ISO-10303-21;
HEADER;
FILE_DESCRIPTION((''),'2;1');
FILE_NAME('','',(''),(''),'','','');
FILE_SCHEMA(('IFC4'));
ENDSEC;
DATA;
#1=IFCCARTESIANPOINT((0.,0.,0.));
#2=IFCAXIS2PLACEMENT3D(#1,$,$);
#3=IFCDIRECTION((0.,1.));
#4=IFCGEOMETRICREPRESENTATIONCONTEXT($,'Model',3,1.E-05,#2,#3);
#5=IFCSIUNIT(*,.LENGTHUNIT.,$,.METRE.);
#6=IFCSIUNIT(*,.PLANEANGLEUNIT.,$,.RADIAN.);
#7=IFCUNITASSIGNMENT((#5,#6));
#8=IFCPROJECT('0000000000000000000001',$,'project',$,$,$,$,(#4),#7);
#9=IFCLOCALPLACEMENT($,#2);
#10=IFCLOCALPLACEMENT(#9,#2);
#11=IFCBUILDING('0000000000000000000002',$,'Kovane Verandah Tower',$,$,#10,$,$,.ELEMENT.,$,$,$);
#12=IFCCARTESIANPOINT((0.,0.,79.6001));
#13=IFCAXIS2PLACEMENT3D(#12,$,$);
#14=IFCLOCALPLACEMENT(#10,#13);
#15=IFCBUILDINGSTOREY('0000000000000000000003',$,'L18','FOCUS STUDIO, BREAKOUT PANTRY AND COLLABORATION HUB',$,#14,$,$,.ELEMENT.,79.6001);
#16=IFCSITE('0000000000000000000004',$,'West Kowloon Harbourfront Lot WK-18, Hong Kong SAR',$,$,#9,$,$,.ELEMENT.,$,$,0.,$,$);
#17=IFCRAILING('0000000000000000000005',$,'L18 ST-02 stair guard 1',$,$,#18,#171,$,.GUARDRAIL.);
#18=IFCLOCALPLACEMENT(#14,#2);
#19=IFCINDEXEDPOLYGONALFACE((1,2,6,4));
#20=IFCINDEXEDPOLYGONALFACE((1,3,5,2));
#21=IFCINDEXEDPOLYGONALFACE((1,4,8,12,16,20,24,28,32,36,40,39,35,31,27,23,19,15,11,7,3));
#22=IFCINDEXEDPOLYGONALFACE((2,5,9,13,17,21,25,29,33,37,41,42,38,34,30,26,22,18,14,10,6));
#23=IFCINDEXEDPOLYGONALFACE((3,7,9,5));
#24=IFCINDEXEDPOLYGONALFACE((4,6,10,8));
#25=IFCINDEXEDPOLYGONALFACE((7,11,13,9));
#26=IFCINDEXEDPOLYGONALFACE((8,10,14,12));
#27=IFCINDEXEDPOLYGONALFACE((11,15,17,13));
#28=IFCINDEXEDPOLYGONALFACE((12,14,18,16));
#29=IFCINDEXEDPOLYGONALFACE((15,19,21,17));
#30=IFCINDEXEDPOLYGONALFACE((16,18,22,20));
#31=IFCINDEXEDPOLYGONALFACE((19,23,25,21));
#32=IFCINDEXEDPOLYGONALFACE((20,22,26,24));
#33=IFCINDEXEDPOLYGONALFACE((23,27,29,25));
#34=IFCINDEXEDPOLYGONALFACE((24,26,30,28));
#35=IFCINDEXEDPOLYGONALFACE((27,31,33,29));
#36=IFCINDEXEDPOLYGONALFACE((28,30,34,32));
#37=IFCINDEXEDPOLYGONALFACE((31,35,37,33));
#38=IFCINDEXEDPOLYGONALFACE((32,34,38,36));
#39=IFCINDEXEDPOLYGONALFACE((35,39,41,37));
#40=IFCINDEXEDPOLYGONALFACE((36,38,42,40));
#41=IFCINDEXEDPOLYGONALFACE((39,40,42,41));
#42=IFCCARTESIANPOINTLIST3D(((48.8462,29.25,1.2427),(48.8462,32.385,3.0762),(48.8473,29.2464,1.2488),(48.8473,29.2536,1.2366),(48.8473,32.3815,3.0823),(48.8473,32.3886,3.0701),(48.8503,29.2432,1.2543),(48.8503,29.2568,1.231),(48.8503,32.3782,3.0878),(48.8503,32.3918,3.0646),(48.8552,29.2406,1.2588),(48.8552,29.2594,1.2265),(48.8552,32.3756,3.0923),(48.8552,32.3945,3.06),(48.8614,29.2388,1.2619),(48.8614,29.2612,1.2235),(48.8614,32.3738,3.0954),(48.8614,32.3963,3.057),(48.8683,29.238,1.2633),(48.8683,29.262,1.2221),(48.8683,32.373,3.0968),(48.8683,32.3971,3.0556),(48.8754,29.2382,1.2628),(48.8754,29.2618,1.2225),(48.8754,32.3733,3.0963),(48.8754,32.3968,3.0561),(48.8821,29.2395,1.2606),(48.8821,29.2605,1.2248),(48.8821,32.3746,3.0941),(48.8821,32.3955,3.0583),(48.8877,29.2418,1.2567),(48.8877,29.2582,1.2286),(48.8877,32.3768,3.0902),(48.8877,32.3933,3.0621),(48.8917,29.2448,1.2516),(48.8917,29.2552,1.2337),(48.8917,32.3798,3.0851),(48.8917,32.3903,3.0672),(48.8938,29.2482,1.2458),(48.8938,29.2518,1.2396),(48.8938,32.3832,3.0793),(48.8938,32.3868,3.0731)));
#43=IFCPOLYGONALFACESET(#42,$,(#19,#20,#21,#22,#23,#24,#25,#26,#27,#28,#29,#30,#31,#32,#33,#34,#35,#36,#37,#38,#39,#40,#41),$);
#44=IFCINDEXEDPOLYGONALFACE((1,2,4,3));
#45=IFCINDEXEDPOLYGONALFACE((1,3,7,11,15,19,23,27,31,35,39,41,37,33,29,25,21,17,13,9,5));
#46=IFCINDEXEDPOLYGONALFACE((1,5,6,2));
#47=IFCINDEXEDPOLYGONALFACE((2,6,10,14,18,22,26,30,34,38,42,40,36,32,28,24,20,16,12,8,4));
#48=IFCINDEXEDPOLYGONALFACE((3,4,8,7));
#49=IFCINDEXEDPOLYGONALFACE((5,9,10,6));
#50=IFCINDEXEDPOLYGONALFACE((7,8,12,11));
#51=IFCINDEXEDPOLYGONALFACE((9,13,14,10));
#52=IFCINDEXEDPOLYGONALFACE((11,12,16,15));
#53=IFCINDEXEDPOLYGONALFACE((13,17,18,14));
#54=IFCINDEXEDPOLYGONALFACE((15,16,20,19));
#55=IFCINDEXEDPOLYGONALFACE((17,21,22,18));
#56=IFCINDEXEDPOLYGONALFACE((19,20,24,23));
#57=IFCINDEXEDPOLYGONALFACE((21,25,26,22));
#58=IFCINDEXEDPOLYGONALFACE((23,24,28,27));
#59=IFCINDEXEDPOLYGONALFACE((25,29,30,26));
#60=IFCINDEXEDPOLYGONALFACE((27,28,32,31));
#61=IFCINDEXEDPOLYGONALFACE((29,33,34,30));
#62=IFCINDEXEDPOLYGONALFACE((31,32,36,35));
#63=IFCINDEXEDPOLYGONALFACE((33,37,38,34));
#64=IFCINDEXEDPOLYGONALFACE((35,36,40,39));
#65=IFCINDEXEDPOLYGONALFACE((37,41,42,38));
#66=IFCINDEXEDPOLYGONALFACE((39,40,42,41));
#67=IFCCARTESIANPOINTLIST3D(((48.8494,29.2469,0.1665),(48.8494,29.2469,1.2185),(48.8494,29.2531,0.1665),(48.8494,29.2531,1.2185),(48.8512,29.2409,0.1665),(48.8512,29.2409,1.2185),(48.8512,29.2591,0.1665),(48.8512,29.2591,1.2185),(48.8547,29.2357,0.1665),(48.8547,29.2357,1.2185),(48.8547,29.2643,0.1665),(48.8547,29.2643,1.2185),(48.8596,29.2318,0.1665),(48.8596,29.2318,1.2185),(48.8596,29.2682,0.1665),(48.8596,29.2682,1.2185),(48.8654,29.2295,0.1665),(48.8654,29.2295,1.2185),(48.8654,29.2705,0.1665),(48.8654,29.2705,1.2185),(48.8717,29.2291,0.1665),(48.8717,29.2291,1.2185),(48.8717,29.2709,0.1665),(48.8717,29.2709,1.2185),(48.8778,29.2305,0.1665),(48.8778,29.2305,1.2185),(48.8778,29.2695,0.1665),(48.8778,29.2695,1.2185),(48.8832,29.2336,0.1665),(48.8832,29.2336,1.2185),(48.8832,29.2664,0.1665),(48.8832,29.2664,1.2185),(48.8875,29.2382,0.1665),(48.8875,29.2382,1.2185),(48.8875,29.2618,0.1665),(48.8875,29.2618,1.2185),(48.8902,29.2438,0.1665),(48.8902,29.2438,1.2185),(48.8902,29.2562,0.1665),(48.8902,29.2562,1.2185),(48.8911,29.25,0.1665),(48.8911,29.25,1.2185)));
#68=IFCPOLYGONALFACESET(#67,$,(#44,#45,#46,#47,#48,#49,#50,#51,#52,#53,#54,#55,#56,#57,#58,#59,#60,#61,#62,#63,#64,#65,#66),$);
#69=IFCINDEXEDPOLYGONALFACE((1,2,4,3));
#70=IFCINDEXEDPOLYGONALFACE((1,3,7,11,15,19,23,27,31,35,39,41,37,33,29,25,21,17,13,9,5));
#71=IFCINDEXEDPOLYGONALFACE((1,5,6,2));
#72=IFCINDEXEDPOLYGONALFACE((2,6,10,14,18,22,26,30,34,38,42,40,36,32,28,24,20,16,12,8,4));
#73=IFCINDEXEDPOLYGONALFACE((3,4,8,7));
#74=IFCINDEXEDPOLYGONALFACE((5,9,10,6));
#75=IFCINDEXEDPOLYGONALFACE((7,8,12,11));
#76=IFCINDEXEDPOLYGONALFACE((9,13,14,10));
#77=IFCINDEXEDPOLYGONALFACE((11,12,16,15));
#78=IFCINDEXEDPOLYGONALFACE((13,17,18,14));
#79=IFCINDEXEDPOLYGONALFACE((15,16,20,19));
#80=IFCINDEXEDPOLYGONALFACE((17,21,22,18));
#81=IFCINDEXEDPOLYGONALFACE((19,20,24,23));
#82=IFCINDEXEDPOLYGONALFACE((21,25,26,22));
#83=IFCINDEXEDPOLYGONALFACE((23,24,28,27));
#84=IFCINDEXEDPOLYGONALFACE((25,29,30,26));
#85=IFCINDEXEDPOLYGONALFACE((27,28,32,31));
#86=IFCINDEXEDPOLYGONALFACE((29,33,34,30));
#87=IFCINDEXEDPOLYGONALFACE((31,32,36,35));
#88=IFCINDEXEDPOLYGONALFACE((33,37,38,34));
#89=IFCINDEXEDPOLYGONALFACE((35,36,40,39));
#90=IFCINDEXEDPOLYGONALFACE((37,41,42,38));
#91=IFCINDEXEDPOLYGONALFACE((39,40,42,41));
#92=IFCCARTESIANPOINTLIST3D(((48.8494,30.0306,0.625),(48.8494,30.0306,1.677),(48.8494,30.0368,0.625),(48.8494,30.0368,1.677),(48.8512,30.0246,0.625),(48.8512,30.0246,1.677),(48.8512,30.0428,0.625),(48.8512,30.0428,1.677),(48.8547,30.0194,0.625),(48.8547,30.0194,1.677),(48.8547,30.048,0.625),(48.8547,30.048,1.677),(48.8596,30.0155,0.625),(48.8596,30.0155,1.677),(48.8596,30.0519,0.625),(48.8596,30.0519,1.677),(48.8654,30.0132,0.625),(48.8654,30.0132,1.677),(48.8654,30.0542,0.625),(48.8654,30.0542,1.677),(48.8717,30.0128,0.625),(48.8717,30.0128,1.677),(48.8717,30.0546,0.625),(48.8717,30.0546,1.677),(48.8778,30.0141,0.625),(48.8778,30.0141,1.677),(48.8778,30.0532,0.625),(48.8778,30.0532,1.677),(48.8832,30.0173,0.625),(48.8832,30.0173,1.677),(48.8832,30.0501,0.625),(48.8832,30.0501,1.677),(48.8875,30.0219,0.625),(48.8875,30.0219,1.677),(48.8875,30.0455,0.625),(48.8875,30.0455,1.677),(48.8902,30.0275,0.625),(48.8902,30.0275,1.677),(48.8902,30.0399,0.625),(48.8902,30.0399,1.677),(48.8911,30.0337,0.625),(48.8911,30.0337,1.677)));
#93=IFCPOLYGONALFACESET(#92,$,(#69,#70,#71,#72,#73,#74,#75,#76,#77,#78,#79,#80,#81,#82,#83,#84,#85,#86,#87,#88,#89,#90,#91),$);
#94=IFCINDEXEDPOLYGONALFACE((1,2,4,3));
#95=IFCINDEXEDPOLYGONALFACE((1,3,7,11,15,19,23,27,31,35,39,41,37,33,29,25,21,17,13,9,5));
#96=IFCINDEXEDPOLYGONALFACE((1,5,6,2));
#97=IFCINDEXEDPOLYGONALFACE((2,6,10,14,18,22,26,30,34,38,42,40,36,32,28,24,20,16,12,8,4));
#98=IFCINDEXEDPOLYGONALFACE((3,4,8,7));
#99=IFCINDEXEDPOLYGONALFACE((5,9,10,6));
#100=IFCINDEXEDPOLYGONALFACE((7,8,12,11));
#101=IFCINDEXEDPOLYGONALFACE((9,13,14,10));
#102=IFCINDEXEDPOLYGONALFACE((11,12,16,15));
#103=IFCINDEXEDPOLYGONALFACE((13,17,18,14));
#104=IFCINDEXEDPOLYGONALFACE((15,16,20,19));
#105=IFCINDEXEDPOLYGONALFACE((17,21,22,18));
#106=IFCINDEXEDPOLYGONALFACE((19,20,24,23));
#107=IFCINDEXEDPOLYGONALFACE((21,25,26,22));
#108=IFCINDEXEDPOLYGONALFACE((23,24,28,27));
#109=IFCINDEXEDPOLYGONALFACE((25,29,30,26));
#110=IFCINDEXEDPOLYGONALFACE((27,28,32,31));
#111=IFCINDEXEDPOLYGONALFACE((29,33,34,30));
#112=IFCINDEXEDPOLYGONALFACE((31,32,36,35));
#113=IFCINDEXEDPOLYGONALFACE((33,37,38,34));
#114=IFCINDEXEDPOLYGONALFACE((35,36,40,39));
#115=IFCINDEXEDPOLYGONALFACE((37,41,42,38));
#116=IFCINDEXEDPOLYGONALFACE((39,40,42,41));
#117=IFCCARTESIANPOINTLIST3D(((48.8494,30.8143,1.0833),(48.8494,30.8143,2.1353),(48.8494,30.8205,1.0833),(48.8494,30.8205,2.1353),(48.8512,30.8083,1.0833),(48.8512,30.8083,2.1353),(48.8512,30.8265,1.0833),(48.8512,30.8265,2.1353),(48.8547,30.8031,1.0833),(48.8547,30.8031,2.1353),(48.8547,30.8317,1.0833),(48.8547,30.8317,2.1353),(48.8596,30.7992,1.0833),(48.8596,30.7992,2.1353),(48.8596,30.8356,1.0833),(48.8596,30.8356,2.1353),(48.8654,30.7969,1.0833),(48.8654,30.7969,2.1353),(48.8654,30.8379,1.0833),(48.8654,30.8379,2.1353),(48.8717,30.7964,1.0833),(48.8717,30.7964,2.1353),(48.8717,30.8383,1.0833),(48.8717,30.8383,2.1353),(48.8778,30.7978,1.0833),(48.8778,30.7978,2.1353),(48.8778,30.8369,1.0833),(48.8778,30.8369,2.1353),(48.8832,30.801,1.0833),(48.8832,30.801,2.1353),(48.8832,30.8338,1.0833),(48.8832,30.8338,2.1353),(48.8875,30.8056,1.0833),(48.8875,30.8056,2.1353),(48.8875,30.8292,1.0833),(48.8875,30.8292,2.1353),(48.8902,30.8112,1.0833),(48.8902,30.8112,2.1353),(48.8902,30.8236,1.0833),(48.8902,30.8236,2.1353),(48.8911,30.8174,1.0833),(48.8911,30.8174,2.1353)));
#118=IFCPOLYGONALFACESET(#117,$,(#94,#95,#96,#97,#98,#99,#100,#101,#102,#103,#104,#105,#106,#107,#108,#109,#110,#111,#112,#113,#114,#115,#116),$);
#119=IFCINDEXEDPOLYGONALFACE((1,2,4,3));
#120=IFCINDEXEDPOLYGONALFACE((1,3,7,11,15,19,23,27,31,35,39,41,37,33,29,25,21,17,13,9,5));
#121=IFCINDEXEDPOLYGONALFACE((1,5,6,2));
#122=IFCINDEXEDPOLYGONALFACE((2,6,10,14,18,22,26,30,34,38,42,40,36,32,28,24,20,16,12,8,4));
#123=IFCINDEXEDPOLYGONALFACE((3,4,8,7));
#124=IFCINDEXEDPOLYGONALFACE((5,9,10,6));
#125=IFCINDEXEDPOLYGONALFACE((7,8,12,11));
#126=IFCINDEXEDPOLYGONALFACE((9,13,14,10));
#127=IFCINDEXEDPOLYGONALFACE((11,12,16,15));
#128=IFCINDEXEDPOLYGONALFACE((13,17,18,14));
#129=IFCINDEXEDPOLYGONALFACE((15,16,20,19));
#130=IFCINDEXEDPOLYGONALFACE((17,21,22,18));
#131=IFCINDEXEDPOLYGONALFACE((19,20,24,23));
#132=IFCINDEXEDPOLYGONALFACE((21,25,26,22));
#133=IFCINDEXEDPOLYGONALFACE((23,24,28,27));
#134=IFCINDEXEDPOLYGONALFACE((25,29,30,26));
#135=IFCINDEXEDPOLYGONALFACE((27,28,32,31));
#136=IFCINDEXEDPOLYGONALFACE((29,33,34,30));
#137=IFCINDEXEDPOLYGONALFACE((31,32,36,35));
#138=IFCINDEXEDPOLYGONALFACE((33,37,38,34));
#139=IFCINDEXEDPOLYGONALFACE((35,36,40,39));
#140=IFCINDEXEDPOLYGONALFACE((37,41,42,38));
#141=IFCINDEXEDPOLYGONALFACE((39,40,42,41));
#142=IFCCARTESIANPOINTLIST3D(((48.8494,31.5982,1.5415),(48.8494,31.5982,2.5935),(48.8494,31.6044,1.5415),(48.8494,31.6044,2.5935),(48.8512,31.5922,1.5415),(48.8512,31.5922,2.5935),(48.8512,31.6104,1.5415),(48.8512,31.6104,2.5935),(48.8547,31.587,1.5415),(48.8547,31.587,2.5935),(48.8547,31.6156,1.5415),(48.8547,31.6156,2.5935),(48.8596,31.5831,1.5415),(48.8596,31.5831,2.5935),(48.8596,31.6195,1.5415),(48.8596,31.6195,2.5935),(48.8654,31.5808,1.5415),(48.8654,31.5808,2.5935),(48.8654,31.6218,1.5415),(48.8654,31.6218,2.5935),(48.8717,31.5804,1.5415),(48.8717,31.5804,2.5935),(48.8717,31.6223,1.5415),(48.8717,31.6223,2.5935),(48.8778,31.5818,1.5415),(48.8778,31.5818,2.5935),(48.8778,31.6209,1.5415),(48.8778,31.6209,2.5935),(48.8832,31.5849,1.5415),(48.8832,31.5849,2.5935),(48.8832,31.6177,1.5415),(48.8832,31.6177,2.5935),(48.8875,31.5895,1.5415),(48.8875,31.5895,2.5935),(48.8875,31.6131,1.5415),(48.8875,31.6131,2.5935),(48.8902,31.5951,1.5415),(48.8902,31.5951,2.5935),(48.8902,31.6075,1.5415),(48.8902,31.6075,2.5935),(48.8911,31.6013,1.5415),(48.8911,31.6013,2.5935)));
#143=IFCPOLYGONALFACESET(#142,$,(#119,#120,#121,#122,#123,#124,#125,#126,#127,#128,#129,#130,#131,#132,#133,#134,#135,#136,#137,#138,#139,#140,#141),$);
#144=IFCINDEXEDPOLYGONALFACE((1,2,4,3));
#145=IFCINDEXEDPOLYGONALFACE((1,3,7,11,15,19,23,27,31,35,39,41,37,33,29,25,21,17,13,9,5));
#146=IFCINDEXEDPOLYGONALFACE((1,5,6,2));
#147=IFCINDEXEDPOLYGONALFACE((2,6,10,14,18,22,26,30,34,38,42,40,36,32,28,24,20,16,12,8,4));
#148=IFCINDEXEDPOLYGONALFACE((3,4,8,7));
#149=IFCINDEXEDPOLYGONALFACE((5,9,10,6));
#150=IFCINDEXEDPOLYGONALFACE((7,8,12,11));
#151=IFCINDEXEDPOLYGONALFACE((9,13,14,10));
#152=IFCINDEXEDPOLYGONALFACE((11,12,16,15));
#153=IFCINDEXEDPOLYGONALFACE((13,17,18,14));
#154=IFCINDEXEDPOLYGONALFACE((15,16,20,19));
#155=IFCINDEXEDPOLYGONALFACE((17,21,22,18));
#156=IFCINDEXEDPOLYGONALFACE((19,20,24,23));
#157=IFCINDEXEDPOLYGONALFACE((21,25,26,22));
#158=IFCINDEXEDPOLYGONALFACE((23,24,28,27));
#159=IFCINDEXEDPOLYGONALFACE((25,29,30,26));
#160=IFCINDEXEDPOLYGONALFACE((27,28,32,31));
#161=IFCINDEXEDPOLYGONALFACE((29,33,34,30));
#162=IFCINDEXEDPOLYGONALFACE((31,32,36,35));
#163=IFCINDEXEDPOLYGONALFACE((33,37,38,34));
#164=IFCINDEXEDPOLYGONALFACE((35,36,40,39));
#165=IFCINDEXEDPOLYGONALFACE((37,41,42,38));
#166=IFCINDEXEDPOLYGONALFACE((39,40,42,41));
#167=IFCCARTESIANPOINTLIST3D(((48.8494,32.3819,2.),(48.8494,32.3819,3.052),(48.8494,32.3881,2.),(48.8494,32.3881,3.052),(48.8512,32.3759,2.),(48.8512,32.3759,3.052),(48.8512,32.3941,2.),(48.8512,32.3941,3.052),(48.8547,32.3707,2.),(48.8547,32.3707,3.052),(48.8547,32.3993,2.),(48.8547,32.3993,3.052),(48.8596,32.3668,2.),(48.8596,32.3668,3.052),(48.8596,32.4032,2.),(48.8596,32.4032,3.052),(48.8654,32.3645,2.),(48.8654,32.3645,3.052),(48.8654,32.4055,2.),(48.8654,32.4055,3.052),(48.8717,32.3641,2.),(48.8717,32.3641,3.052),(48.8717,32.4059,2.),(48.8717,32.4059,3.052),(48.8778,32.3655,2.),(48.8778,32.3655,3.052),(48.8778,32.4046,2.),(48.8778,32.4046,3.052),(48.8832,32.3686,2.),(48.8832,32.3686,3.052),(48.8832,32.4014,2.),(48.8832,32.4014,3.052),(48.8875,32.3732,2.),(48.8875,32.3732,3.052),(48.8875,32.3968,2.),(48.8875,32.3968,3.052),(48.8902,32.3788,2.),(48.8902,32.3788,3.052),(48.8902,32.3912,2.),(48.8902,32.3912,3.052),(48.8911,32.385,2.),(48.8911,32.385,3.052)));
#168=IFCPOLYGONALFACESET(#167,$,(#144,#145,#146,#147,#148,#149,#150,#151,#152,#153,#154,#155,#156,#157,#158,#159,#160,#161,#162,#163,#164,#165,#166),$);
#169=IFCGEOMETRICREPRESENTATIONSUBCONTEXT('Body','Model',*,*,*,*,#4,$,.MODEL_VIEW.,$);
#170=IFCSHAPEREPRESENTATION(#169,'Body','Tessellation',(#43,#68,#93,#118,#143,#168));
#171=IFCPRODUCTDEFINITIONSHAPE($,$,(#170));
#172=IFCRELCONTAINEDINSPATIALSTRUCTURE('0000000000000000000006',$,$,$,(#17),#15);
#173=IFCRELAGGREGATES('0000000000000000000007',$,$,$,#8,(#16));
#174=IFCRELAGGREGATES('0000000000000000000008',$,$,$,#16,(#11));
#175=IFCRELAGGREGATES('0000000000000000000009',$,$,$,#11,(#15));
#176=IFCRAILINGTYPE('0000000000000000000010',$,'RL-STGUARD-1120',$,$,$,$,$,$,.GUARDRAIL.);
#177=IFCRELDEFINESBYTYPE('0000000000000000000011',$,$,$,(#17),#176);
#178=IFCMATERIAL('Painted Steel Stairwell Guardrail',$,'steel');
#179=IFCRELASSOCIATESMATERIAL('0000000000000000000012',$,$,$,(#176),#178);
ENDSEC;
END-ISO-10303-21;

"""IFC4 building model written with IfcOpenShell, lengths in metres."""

from ifc_helpers import new_model, si_unit, direction, frame, origin, origin_2d, place, context, subcontext, project, spatial, circle, extrude, material, type_object, element, save


model = new_model("IFC4")

# Units and contexts
model_context = context("Model", 3, precision=1e-05, world=origin(), true_north=direction((0.0, 1.0)))
body_context = subcontext(model_context, "Body", "Model", "MODEL_VIEW")
ifc_project = project(units=[si_unit("LENGTHUNIT", "METRE"), si_unit("PLANEANGLEUNIT", "RADIAN")], contexts=[model_context])

# Site, building, storey
site_placement = place(None, origin())
site = spatial("IfcSite", under=ifc_project, at=site_placement, Name="West Kowloon Harbourfront Lot WK-18, Hong Kong SAR", CompositionType="ELEMENT", RefElevation=0.0)
building_placement = place(site_placement, origin())
building = spatial("IfcBuilding", under=site, at=building_placement, Name="Kovane Verandah Tower", CompositionType="ELEMENT")
storey_placement = place(building_placement, frame((0.0, 0.0, 79.6001)))
storey = spatial("IfcBuildingStorey", under=building, at=storey_placement, Name="L18", Description="FOCUS STUDIO, BREAKOUT PANTRY AND COLLABORATION HUB", CompositionType="ELEMENT", Elevation=79.6001)

# Railing
ifc_material_1 = material(Name="Painted Steel Stairwell Guardrail", Category="steel")
railing_type_1 = type_object("IfcRailingType", Name="RL-STGUARD-1120", PredefinedType="GUARDRAIL", material=ifc_material_1)
railing_1_placement = place(storey_placement, frame((48.8701, 29.25, 0.1665)))
element("IfcRailing", 1, at=railing_1_placement, inside=storey, type_object=railing_type_1, Name="L18 ST-02 stair guard 1", PredefinedType="GUARDRAIL", context=body_context, shape_type="SweptSolid", body=[
    extrude(circle(Radius=0.0239, at=origin_2d()), frame((0.0, 0.0, 1.0762), z_axis=(0.0, 0.86321, 0.504845), x_axis=(-1.0, 0.0, 0.0)), (0.0, 0.0, 1.0), 3.6318),
    extrude(circle(Radius=0.021, at=origin_2d()), origin(), (0.0, 0.0, 1.0), 1.052),
    extrude(circle(Radius=0.021, at=origin_2d()), frame((0.0, 0.7837, 0.4585)), (0.0, 0.0, 1.0), 1.052),
    extrude(circle(Radius=0.021, at=origin_2d()), frame((0.0, 1.5674, 0.9167)), (0.0, 0.0, 1.0), 1.052),
    extrude(circle(Radius=0.021, at=origin_2d()), frame((0.0, 2.3513, 1.375)), (0.0, 0.0, 1.0), 1.052),
    extrude(circle(Radius=0.021, at=origin_2d()), frame((0.0, 3.135, 1.8335)), (0.0, 0.0, 1.0), 1.052),
])

save(model, "model.ifc")
